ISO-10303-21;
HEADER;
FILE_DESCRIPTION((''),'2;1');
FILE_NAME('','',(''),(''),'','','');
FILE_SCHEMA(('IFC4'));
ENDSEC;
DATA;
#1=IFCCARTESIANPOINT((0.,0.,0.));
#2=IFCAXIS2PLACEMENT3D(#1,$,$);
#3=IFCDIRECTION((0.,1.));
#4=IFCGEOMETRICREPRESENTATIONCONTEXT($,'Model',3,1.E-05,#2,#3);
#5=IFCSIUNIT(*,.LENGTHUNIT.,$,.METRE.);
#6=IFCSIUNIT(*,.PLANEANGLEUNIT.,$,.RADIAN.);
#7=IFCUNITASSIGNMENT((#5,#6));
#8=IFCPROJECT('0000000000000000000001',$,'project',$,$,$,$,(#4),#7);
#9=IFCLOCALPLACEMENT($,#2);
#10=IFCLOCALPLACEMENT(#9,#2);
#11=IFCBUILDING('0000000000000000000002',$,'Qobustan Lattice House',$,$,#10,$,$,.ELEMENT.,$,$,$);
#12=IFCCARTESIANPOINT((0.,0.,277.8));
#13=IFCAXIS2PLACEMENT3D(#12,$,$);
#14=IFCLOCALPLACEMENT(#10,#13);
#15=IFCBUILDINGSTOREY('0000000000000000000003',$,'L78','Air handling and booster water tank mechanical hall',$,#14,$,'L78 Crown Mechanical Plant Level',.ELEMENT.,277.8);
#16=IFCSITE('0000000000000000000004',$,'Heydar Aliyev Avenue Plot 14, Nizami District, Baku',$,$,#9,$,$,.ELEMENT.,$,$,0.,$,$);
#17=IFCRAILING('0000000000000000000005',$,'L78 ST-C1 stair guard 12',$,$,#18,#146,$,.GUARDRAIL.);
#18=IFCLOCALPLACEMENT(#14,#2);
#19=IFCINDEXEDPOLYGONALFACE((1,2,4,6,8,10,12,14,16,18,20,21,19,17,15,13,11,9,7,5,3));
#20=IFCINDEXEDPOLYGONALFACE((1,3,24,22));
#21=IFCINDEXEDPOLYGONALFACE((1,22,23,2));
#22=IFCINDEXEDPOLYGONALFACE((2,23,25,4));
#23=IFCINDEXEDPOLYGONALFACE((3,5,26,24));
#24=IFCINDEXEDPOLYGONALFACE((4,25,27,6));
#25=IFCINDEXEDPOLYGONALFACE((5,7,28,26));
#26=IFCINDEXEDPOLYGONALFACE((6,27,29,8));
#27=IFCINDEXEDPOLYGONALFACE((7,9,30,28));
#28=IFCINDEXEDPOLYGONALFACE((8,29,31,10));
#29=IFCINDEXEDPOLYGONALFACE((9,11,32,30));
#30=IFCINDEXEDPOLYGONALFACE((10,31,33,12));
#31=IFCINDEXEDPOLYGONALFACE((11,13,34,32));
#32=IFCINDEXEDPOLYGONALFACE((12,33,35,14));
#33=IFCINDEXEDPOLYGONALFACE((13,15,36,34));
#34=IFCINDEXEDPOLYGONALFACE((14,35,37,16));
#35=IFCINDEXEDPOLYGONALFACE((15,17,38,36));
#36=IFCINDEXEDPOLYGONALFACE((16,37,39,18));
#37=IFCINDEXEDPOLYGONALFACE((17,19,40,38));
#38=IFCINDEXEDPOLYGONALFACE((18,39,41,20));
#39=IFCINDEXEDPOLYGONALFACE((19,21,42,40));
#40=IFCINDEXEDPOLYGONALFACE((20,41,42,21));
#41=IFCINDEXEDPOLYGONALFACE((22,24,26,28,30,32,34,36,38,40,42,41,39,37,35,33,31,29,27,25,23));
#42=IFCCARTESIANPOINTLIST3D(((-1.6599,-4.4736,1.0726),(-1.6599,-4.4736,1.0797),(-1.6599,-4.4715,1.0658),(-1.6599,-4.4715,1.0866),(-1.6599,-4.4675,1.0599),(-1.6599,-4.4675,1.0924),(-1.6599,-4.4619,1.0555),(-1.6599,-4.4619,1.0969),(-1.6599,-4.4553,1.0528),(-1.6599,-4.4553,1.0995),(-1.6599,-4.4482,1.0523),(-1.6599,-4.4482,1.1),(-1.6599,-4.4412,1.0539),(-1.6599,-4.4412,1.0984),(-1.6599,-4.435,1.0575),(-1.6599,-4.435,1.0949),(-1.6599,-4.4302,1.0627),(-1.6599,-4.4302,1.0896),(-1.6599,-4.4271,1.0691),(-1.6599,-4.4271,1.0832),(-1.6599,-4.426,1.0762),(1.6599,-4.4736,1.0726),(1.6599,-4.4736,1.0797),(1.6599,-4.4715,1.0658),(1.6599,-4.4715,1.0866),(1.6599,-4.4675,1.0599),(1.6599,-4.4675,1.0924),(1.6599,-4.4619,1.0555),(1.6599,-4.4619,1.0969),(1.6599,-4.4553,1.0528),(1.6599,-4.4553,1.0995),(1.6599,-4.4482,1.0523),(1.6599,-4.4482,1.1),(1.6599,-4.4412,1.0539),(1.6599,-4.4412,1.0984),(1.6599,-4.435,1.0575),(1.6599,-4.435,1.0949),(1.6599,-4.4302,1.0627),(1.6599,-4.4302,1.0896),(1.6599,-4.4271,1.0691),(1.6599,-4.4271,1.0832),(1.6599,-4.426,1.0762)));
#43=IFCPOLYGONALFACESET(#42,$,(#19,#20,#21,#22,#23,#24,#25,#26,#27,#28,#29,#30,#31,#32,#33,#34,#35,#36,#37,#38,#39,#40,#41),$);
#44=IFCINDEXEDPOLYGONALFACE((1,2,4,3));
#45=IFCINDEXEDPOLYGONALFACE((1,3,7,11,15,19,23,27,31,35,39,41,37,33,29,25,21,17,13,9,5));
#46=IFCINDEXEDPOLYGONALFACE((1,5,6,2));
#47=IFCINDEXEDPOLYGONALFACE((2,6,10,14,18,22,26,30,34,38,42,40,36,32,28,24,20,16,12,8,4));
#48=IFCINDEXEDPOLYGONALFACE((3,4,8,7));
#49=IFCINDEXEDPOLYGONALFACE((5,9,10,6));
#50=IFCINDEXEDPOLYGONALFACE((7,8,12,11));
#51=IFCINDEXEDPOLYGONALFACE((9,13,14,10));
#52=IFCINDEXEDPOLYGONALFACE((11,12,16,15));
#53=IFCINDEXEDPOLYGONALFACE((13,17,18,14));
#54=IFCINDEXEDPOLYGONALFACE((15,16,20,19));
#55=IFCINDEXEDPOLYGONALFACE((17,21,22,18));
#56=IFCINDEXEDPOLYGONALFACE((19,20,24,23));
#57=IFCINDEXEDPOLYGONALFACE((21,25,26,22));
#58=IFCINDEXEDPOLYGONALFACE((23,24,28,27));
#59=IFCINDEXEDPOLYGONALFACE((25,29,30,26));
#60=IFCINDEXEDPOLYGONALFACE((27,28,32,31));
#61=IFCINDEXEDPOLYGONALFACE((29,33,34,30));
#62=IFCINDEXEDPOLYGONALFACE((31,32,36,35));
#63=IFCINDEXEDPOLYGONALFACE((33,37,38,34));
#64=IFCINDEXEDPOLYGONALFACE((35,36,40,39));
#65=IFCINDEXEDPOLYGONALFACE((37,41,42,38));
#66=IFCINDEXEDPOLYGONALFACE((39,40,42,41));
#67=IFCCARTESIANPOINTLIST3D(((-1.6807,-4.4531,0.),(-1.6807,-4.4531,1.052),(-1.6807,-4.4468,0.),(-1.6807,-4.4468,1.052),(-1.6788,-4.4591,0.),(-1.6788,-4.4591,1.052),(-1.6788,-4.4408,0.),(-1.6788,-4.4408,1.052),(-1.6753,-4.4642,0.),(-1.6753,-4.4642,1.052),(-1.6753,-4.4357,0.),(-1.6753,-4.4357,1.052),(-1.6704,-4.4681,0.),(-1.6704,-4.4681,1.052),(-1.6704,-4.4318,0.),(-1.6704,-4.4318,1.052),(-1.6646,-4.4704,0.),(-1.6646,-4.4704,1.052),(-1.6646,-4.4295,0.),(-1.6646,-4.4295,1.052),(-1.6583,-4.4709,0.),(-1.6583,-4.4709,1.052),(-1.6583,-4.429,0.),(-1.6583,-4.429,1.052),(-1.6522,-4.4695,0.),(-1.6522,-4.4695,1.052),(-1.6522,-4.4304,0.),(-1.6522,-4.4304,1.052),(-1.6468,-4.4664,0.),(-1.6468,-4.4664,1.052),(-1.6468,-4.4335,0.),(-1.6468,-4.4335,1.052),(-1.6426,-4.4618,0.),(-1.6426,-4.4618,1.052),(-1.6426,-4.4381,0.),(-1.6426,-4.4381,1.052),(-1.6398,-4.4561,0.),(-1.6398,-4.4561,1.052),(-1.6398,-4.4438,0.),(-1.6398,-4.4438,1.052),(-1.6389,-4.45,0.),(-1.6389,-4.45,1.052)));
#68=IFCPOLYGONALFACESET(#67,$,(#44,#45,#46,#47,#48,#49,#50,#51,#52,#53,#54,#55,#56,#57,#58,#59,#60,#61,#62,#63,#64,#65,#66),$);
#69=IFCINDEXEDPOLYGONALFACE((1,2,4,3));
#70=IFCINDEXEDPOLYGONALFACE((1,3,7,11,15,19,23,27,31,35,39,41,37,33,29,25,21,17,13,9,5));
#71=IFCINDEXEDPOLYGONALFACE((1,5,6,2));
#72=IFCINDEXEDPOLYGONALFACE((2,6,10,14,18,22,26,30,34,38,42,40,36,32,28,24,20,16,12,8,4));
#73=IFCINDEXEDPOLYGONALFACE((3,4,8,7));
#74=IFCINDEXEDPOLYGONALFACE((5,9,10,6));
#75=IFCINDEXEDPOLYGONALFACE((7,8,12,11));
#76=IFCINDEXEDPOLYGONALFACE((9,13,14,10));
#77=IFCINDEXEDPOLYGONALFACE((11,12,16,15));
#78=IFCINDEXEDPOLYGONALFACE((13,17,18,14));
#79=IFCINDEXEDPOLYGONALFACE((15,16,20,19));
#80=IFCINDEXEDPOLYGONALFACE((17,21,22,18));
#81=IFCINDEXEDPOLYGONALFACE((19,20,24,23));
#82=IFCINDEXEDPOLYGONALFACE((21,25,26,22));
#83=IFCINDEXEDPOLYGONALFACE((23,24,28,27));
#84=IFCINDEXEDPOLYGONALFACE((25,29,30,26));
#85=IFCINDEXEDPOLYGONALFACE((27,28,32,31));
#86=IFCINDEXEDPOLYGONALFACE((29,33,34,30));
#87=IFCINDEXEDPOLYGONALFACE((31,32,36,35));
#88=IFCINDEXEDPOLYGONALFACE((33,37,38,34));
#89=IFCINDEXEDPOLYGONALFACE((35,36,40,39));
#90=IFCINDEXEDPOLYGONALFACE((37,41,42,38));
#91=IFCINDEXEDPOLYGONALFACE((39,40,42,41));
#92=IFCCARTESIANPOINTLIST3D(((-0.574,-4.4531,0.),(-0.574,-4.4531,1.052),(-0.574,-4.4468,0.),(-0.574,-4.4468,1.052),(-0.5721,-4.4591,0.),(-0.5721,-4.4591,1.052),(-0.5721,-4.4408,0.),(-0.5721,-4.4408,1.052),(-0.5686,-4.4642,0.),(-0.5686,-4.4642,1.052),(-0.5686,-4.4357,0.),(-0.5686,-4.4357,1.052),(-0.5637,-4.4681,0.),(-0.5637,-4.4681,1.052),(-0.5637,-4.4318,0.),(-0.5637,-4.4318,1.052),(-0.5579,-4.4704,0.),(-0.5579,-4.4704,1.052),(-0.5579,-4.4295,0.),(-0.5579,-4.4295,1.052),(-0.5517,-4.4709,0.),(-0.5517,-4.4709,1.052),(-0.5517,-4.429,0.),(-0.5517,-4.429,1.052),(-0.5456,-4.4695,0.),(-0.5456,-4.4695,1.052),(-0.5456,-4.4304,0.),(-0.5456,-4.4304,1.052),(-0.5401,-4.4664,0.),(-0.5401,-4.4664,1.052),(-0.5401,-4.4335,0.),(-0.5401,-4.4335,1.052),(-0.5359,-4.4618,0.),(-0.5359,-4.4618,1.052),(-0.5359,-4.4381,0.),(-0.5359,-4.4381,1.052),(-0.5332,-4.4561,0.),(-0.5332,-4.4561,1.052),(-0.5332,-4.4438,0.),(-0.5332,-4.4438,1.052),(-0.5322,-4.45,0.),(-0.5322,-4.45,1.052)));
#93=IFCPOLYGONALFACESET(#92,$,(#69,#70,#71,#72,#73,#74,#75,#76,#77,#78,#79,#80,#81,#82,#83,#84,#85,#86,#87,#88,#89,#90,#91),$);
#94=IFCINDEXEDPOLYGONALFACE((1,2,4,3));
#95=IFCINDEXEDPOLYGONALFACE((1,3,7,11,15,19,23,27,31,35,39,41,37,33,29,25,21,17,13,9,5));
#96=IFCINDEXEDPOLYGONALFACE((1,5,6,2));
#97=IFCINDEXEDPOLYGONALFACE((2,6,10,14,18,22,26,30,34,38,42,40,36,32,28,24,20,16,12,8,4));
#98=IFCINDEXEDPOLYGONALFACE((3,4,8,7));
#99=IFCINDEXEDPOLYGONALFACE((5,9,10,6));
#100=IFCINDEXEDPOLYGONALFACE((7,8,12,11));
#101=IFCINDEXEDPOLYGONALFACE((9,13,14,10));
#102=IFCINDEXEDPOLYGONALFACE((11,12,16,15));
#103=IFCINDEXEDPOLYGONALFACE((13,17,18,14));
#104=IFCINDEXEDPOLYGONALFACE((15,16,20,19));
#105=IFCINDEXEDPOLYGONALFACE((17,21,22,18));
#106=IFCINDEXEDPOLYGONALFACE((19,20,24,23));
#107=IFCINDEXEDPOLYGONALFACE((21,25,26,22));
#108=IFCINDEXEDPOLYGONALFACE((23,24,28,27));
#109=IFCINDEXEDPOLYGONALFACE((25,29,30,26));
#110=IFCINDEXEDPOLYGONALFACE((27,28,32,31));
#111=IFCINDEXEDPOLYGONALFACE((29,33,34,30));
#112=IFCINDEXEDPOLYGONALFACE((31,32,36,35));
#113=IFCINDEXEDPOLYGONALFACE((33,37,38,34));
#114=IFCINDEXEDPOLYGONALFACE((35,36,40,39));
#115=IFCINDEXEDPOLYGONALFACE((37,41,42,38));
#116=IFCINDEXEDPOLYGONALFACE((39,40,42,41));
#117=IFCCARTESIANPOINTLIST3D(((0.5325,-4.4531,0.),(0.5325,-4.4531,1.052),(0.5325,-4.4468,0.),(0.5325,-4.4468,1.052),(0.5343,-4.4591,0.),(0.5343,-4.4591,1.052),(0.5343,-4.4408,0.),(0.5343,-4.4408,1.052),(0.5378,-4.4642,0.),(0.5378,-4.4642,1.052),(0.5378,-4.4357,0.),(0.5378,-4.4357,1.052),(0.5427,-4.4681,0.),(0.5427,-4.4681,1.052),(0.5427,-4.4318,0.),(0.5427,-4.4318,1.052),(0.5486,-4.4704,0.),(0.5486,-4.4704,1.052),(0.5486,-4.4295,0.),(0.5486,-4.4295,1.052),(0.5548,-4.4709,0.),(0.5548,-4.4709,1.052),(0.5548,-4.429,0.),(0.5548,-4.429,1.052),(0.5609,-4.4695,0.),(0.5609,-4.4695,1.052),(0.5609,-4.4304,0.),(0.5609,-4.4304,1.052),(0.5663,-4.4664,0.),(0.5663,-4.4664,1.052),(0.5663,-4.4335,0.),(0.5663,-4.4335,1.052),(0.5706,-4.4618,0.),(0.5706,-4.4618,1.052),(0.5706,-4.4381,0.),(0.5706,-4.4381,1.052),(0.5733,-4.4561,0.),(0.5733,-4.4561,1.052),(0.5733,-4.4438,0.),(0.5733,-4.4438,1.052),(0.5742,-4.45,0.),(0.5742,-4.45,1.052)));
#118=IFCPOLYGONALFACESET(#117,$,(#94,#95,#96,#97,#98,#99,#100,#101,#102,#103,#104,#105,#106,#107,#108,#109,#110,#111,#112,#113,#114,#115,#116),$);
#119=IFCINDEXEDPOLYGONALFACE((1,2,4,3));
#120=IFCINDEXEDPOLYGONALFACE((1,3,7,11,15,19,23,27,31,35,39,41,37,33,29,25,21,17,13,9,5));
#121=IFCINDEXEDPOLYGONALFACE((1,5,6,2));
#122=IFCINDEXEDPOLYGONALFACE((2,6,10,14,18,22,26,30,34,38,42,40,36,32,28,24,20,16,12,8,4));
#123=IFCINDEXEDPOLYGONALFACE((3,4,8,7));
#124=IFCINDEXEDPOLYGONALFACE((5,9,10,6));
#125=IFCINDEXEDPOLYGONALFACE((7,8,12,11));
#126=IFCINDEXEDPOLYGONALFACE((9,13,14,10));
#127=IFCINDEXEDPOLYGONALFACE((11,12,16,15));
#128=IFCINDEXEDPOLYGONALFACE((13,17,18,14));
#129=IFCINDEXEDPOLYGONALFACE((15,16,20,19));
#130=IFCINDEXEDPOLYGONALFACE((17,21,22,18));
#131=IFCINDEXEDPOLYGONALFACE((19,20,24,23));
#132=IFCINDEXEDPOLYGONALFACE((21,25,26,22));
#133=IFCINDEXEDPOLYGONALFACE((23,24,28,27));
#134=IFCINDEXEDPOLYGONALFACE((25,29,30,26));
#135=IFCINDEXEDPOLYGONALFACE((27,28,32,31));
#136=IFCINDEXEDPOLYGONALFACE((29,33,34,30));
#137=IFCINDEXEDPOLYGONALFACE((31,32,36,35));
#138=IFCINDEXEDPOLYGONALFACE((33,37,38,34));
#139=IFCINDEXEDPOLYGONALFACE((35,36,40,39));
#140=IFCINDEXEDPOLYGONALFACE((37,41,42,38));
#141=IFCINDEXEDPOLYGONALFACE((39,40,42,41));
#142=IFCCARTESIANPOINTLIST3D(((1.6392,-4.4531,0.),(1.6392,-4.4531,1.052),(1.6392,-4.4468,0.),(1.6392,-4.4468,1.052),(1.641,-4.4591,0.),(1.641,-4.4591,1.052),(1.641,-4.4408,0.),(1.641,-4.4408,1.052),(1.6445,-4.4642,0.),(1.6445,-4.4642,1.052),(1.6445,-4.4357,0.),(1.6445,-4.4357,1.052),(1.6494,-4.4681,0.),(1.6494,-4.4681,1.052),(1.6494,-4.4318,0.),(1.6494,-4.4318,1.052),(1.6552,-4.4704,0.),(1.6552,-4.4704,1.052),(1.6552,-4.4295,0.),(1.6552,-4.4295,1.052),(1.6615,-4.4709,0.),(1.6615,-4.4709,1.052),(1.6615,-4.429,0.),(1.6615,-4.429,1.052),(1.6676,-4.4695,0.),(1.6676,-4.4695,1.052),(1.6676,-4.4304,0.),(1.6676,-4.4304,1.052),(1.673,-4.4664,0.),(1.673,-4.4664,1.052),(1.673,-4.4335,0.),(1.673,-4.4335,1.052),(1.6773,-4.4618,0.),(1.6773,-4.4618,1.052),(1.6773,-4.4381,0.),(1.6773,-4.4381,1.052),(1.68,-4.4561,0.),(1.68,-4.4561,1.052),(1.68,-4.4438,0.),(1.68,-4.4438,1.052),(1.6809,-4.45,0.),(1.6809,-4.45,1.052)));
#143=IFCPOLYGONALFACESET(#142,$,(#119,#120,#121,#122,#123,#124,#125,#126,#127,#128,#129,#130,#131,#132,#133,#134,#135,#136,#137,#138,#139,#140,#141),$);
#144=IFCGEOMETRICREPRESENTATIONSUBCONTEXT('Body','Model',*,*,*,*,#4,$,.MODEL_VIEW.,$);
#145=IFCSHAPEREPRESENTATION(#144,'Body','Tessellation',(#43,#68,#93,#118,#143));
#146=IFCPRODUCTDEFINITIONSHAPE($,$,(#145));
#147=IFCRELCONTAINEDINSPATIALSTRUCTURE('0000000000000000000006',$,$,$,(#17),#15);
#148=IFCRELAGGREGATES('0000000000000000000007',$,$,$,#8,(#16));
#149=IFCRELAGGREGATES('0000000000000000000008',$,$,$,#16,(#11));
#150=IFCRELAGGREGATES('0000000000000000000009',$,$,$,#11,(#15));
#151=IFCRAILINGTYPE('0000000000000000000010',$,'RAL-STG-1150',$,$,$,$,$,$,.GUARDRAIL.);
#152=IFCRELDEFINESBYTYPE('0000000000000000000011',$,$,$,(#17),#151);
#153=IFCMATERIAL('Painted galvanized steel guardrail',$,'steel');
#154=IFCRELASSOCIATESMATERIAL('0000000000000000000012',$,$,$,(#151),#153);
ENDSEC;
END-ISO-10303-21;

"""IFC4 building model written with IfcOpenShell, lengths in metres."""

from ifc_helpers import new_model, si_unit, direction, frame, origin, origin_2d, place, context, subcontext, project, spatial, circle, extrude, material, type_object, element, save


model = new_model("IFC4")

# Units and contexts
model_context = context("Model", 3, precision=1e-05, world=origin(), true_north=direction((0.0, 1.0)))
body_context = subcontext(model_context, "Body", "Model", "MODEL_VIEW")
ifc_project = project(units=[si_unit("LENGTHUNIT", "METRE"), si_unit("PLANEANGLEUNIT", "RADIAN")], contexts=[model_context])

# Site, building, storey
site_placement = place(None, origin())
site = spatial("IfcSite", under=ifc_project, at=site_placement, Name="Heydar Aliyev Avenue Plot 14, Nizami District, Baku", CompositionType="ELEMENT", RefElevation=0.0)
building_placement = place(site_placement, origin())
building = spatial("IfcBuilding", under=site, at=building_placement, Name="Qobustan Lattice House", CompositionType="ELEMENT")
storey_placement = place(building_placement, frame((0.0, 0.0, 277.8)))
storey = spatial("IfcBuildingStorey", under=building, at=storey_placement, Name="L78", Description="Air handling and booster water tank mechanical hall", LongName="L78 Crown Mechanical Plant Level", CompositionType="ELEMENT", Elevation=277.8)

# Railing
ifc_material_1 = material(Name="Painted galvanized steel guardrail", Category="steel")
railing_type = type_object("IfcRailingType", Name="RAL-STG-1150", PredefinedType="GUARDRAIL", material=ifc_material_1)
railing_1_placement = place(storey_placement, frame((-1.6599, -4.45, 0.0)))
element("IfcRailing", 1, at=railing_1_placement, inside=storey, type_object=railing_type, Name="L78 ST-C1 stair guard 12", PredefinedType="GUARDRAIL", context=body_context, shape_type="SweptSolid", body=[
    extrude(circle(Radius=0.0239, at=origin_2d()), frame((0.0, 0.0, 1.0762), z_axis=(1.0, 0.0, 0.0), x_axis=(0.0, 1.0, 0.0)), (0.0, 0.0, 1.0), 3.3198),
    extrude(circle(Radius=0.021, at=origin_2d()), origin(), (0.0, 0.0, 1.0), 1.052),
    extrude(circle(Radius=0.021, at=origin_2d()), frame((1.1067, 0.0, 0.0)), (0.0, 0.0, 1.0), 1.052),
    extrude(circle(Radius=0.021, at=origin_2d()), frame((2.2131, 0.0, 0.0)), (0.0, 0.0, 1.0), 1.052),
    extrude(circle(Radius=0.021, at=origin_2d()), frame((3.3198, 0.0, 0.0)), (0.0, 0.0, 1.0), 1.052),
])

save(model, "model.ifc")
